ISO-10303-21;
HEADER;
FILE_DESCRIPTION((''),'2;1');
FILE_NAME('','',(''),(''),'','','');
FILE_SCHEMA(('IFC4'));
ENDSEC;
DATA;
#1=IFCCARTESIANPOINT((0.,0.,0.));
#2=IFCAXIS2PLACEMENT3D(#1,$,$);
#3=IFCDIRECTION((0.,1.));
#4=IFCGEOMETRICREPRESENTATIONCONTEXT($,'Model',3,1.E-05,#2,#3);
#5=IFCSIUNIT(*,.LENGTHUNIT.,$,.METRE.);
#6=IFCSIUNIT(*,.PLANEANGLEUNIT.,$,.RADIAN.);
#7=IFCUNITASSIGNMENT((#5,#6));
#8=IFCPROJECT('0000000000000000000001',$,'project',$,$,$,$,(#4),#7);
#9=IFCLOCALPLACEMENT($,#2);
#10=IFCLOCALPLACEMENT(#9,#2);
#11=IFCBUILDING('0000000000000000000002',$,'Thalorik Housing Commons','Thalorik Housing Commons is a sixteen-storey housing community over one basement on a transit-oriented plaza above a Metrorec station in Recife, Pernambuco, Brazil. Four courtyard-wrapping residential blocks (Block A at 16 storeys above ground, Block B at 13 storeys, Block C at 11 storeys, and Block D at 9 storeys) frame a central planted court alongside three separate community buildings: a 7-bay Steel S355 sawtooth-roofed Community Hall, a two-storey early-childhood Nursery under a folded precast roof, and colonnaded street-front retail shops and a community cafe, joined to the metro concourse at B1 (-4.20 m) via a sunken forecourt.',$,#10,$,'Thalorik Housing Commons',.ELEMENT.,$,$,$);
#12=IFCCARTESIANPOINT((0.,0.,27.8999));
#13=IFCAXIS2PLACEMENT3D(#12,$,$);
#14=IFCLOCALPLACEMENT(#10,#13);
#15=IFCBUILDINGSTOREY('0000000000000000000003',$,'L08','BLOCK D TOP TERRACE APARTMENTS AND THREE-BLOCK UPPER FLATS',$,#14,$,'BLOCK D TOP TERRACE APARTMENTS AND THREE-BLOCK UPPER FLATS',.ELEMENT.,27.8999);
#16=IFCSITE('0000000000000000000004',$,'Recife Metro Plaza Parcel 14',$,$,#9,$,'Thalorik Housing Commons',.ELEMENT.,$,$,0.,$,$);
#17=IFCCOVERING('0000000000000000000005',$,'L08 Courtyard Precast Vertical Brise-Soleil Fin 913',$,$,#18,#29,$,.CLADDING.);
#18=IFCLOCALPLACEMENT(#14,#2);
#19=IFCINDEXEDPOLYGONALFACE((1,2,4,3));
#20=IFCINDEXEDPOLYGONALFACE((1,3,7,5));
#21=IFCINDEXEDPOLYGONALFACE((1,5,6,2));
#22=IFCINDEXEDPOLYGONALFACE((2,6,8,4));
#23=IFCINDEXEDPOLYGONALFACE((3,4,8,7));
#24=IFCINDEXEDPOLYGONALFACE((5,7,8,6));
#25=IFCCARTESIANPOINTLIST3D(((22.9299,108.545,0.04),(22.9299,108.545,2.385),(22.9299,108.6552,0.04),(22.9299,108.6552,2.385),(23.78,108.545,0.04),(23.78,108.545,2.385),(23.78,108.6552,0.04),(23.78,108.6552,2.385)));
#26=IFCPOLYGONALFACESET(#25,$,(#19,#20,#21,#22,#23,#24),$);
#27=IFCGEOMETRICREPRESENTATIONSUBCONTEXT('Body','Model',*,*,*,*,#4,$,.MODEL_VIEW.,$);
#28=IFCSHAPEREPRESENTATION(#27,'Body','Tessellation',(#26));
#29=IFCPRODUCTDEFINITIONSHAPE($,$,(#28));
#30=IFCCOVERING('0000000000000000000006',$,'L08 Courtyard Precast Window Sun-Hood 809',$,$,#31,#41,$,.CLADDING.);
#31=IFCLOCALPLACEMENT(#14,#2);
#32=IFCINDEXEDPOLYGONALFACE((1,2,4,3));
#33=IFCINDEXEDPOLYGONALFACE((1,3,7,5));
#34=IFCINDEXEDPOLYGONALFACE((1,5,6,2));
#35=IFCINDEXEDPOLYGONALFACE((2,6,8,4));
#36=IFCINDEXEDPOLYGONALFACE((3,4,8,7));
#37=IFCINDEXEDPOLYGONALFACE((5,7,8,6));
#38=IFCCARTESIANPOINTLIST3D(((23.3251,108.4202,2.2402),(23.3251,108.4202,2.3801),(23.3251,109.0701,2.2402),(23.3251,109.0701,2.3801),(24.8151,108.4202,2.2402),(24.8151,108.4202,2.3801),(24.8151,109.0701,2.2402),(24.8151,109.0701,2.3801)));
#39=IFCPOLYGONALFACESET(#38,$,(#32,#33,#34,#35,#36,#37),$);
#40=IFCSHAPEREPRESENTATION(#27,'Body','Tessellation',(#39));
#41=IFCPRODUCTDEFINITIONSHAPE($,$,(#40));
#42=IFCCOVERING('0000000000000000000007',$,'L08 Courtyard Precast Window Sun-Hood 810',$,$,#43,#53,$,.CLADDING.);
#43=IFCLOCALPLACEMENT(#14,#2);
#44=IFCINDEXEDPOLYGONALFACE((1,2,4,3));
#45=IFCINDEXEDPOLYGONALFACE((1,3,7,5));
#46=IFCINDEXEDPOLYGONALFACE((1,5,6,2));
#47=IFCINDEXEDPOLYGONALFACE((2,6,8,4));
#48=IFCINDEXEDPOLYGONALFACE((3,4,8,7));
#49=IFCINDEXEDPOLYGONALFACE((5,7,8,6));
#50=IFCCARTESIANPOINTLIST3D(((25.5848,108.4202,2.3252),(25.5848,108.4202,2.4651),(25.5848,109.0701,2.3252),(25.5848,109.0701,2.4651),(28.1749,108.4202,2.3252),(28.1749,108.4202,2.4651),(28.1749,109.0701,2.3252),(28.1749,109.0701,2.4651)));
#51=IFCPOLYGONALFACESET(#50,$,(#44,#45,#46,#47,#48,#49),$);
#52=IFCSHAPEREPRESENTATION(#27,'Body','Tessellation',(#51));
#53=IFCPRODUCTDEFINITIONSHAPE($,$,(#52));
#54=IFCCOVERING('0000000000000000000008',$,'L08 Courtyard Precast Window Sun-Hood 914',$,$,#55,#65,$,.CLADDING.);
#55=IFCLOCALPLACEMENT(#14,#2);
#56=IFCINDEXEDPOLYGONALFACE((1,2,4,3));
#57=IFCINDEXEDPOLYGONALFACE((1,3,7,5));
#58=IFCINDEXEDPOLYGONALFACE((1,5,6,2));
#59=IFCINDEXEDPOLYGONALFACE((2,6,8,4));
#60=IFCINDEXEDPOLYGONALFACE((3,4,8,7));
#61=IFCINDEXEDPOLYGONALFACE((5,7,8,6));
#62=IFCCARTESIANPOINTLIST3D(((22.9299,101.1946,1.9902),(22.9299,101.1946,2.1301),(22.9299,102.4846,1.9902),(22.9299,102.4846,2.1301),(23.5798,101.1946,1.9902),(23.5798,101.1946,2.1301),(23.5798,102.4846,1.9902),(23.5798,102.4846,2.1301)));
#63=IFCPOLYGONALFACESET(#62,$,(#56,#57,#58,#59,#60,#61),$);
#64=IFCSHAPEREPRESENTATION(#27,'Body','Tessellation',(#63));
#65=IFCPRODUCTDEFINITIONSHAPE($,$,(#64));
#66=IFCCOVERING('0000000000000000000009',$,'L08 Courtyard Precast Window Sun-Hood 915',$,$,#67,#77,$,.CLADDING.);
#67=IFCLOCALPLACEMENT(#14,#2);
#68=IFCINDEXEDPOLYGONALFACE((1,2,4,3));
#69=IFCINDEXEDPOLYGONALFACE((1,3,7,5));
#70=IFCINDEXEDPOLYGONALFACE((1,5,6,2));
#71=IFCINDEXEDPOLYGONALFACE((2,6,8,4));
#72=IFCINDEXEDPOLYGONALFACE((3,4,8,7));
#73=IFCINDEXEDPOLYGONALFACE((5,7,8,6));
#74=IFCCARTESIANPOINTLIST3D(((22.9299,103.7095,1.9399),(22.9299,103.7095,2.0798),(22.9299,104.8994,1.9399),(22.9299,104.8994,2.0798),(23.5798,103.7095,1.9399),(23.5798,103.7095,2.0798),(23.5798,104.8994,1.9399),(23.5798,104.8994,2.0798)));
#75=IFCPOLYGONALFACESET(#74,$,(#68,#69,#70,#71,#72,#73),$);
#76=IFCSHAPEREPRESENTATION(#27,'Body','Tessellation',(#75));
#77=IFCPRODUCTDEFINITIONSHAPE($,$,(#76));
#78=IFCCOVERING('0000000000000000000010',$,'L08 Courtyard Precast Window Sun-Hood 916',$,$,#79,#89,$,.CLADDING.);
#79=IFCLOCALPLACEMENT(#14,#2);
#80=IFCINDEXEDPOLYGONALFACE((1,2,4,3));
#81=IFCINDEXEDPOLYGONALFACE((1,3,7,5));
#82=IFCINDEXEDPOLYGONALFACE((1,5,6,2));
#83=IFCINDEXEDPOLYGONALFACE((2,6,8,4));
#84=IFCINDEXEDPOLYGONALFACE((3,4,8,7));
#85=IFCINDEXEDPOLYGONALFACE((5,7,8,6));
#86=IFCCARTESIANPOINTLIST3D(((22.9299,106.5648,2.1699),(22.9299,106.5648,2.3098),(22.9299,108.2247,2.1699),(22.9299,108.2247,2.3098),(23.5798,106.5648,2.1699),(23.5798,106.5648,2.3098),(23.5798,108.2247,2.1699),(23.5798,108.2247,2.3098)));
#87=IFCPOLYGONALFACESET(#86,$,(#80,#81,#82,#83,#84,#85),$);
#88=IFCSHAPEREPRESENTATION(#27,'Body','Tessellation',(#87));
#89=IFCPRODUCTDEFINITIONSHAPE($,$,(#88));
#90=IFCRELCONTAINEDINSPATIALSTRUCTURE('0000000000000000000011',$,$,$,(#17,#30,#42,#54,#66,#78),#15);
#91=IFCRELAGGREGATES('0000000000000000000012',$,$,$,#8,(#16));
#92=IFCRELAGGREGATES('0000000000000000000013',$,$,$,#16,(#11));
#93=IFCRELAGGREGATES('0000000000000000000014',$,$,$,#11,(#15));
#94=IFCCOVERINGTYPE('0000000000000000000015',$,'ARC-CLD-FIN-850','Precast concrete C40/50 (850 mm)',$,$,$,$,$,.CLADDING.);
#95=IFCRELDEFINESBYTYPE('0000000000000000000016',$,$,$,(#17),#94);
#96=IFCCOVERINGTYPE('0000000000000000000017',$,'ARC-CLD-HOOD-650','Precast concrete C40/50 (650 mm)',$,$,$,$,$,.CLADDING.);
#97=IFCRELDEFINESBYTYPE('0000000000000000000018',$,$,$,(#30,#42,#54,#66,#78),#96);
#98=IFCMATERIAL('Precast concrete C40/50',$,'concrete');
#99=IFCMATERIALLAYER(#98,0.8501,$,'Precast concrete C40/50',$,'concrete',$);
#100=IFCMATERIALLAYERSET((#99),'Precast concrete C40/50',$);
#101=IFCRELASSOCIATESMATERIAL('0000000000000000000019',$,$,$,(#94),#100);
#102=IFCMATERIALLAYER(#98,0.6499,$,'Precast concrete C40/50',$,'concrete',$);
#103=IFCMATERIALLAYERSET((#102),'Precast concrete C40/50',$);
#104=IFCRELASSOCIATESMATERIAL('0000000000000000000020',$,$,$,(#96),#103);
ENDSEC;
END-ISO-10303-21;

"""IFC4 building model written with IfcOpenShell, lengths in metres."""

from ifc_helpers import new_model, si_unit, direction, frame, origin, origin_2d, place, context, subcontext, project, spatial, rectangle, extrude, material, layer, layer_set, type_object, element, save


model = new_model("IFC4")

# Units and contexts
model_context = context("Model", 3, precision=1e-05, world=origin(), true_north=direction((0.0, 1.0)))
body_context = subcontext(model_context, "Body", "Model", "MODEL_VIEW")
ifc_project = project(units=[si_unit("LENGTHUNIT", "METRE"), si_unit("PLANEANGLEUNIT", "RADIAN")], contexts=[model_context])

# Site, building, storey
site_placement = place(None, origin())
site = spatial("IfcSite", under=ifc_project, at=site_placement, Name="Recife Metro Plaza Parcel 14", LongName="Thalorik Housing Commons", CompositionType="ELEMENT", RefElevation=0.0)
building_placement = place(site_placement, origin())
building = spatial("IfcBuilding", under=site, at=building_placement, Name="Thalorik Housing Commons", Description="Thalorik Housing Commons is a sixteen-storey housing community over one basement on a transit-oriented plaza above a Metrorec station in Recife, Pernambuco, Brazil. Four courtyard-wrapping residential blocks (Block A at 16 storeys above ground, Block B at 13 storeys, Block C at 11 storeys, and Block D at 9 storeys) frame a central planted court alongside three separate community buildings: a 7-bay Steel S355 sawtooth-roofed Community Hall, a two-storey early-childhood Nursery under a folded precast roof, and colonnaded street-front retail shops and a community cafe, joined to the metro concourse at B1 (-4.20 m) via a sunken forecourt.", LongName="Thalorik Housing Commons", CompositionType="ELEMENT")
storey_placement = place(building_placement, frame((0.0, 0.0, 27.8999)))
storey = spatial("IfcBuildingStorey", under=building, at=storey_placement, Name="L08", Description="BLOCK D TOP TERRACE APARTMENTS AND THREE-BLOCK UPPER FLATS", LongName="BLOCK D TOP TERRACE APARTMENTS AND THREE-BLOCK UPPER FLATS", CompositionType="ELEMENT", Elevation=27.8999)

# Shared definitions
ifc_material_1 = material(Name="Precast concrete C40/50", Category="concrete")

# Coverings
ifc_layer_1 = layer(ifc_material_1, 0.8501, Name="Precast concrete C40/50", Category="concrete")
ifc_layer_set_1 = layer_set([ifc_layer_1], Name="Precast concrete C40/50")
covering_type_1 = type_object("IfcCoveringType", Name="ARC-CLD-FIN-850", Description="Precast concrete C40/50 (850 mm)", PredefinedType="CLADDING", material=ifc_layer_set_1)
for number, where, z_axis, x_axis, name in (
    (1, (23.355, 108.6001, 0.04), (0.0, 0.0, 1.0), (0.0, 1.0, 0.0), "L08 Courtyard Precast Vertical Brise-Soleil Fin 913"),
):
    element("IfcCovering", number, at=place(storey_placement, frame(where, z_axis=z_axis, x_axis=x_axis)), inside=storey, type_object=covering_type_1, Name=name, PredefinedType="CLADDING", context=body_context, shape_type="SweptSolid", body=[
        extrude(rectangle(XDim=0.1101, YDim=0.8501, at=origin_2d()), origin(), (0.0, 0.0, 1.0), 2.345),
    ])
ifc_layer_2 = layer(ifc_material_1, 0.6499, Name="Precast concrete C40/50", Category="concrete")
ifc_layer_set_2 = layer_set([ifc_layer_2], Name="Precast concrete C40/50")
covering_type_2 = type_object("IfcCoveringType", Name="ARC-CLD-HOOD-650", Description="Precast concrete C40/50 (650 mm)", PredefinedType="CLADDING", material=ifc_layer_set_2)
covering_1_placement = place(storey_placement, frame((24.0701, 108.7451, 2.2402), z_axis=(0.0, 0.0, 1.0), x_axis=(1.0, 0.0, 0.0)))
element("IfcCovering", 2, at=covering_1_placement, inside=storey, type_object=covering_type_2, Name="L08 Courtyard Precast Window Sun-Hood 809", PredefinedType="CLADDING", context=body_context, shape_type="SweptSolid", body=[
    extrude(rectangle(XDim=1.49, YDim=0.6499, at=origin_2d()), origin(), (0.0, 0.0, 1.0), 0.1399),
])
covering_2_placement = place(storey_placement, frame((26.8799, 108.7451, 2.3252), z_axis=(0.0, 0.0, 1.0), x_axis=(1.0, 0.0, 0.0)))
element("IfcCovering", 3, at=covering_2_placement, inside=storey, type_object=covering_type_2, Name="L08 Courtyard Precast Window Sun-Hood 810", PredefinedType="CLADDING", context=body_context, shape_type="SweptSolid", body=[
    extrude(rectangle(XDim=2.5901, YDim=0.6499, at=origin_2d()), origin(), (0.0, 0.0, 1.0), 0.1399),
])
covering_3_placement = place(storey_placement, frame((23.2549, 101.8396, 1.9902), z_axis=(0.0, 0.0, 1.0), x_axis=(0.0, 1.0, 0.0)))
element("IfcCovering", 4, at=covering_3_placement, inside=storey, type_object=covering_type_2, Name="L08 Courtyard Precast Window Sun-Hood 914", PredefinedType="CLADDING", context=body_context, shape_type="SweptSolid", body=[
    extrude(rectangle(XDim=1.29, YDim=0.6499, at=origin_2d()), origin(), (0.0, 0.0, 1.0), 0.1399),
])
covering_4_placement = place(storey_placement, frame((23.2549, 104.3044, 1.9399), z_axis=(0.0, 0.0, 1.0), x_axis=(0.0, 1.0, 0.0)))
element("IfcCovering", 5, at=covering_4_placement, inside=storey, type_object=covering_type_2, Name="L08 Courtyard Precast Window Sun-Hood 915", PredefinedType="CLADDING", context=body_context, shape_type="SweptSolid", body=[
    extrude(rectangle(XDim=1.1899, YDim=0.6499, at=origin_2d()), origin(), (0.0, 0.0, 1.0), 0.1399),
])
covering_5_placement = place(storey_placement, frame((23.2549, 107.3948, 2.1699), z_axis=(0.0, 0.0, 1.0), x_axis=(0.0, 1.0, 0.0)))
element("IfcCovering", 6, at=covering_5_placement, inside=storey, type_object=covering_type_2, Name="L08 Courtyard Precast Window Sun-Hood 916", PredefinedType="CLADDING", context=body_context, shape_type="SweptSolid", body=[
    extrude(rectangle(XDim=1.6599, YDim=0.6499, at=origin_2d()), origin(), (0.0, 0.0, 1.0), 0.1399),
])

save(model, "model.ifc")
